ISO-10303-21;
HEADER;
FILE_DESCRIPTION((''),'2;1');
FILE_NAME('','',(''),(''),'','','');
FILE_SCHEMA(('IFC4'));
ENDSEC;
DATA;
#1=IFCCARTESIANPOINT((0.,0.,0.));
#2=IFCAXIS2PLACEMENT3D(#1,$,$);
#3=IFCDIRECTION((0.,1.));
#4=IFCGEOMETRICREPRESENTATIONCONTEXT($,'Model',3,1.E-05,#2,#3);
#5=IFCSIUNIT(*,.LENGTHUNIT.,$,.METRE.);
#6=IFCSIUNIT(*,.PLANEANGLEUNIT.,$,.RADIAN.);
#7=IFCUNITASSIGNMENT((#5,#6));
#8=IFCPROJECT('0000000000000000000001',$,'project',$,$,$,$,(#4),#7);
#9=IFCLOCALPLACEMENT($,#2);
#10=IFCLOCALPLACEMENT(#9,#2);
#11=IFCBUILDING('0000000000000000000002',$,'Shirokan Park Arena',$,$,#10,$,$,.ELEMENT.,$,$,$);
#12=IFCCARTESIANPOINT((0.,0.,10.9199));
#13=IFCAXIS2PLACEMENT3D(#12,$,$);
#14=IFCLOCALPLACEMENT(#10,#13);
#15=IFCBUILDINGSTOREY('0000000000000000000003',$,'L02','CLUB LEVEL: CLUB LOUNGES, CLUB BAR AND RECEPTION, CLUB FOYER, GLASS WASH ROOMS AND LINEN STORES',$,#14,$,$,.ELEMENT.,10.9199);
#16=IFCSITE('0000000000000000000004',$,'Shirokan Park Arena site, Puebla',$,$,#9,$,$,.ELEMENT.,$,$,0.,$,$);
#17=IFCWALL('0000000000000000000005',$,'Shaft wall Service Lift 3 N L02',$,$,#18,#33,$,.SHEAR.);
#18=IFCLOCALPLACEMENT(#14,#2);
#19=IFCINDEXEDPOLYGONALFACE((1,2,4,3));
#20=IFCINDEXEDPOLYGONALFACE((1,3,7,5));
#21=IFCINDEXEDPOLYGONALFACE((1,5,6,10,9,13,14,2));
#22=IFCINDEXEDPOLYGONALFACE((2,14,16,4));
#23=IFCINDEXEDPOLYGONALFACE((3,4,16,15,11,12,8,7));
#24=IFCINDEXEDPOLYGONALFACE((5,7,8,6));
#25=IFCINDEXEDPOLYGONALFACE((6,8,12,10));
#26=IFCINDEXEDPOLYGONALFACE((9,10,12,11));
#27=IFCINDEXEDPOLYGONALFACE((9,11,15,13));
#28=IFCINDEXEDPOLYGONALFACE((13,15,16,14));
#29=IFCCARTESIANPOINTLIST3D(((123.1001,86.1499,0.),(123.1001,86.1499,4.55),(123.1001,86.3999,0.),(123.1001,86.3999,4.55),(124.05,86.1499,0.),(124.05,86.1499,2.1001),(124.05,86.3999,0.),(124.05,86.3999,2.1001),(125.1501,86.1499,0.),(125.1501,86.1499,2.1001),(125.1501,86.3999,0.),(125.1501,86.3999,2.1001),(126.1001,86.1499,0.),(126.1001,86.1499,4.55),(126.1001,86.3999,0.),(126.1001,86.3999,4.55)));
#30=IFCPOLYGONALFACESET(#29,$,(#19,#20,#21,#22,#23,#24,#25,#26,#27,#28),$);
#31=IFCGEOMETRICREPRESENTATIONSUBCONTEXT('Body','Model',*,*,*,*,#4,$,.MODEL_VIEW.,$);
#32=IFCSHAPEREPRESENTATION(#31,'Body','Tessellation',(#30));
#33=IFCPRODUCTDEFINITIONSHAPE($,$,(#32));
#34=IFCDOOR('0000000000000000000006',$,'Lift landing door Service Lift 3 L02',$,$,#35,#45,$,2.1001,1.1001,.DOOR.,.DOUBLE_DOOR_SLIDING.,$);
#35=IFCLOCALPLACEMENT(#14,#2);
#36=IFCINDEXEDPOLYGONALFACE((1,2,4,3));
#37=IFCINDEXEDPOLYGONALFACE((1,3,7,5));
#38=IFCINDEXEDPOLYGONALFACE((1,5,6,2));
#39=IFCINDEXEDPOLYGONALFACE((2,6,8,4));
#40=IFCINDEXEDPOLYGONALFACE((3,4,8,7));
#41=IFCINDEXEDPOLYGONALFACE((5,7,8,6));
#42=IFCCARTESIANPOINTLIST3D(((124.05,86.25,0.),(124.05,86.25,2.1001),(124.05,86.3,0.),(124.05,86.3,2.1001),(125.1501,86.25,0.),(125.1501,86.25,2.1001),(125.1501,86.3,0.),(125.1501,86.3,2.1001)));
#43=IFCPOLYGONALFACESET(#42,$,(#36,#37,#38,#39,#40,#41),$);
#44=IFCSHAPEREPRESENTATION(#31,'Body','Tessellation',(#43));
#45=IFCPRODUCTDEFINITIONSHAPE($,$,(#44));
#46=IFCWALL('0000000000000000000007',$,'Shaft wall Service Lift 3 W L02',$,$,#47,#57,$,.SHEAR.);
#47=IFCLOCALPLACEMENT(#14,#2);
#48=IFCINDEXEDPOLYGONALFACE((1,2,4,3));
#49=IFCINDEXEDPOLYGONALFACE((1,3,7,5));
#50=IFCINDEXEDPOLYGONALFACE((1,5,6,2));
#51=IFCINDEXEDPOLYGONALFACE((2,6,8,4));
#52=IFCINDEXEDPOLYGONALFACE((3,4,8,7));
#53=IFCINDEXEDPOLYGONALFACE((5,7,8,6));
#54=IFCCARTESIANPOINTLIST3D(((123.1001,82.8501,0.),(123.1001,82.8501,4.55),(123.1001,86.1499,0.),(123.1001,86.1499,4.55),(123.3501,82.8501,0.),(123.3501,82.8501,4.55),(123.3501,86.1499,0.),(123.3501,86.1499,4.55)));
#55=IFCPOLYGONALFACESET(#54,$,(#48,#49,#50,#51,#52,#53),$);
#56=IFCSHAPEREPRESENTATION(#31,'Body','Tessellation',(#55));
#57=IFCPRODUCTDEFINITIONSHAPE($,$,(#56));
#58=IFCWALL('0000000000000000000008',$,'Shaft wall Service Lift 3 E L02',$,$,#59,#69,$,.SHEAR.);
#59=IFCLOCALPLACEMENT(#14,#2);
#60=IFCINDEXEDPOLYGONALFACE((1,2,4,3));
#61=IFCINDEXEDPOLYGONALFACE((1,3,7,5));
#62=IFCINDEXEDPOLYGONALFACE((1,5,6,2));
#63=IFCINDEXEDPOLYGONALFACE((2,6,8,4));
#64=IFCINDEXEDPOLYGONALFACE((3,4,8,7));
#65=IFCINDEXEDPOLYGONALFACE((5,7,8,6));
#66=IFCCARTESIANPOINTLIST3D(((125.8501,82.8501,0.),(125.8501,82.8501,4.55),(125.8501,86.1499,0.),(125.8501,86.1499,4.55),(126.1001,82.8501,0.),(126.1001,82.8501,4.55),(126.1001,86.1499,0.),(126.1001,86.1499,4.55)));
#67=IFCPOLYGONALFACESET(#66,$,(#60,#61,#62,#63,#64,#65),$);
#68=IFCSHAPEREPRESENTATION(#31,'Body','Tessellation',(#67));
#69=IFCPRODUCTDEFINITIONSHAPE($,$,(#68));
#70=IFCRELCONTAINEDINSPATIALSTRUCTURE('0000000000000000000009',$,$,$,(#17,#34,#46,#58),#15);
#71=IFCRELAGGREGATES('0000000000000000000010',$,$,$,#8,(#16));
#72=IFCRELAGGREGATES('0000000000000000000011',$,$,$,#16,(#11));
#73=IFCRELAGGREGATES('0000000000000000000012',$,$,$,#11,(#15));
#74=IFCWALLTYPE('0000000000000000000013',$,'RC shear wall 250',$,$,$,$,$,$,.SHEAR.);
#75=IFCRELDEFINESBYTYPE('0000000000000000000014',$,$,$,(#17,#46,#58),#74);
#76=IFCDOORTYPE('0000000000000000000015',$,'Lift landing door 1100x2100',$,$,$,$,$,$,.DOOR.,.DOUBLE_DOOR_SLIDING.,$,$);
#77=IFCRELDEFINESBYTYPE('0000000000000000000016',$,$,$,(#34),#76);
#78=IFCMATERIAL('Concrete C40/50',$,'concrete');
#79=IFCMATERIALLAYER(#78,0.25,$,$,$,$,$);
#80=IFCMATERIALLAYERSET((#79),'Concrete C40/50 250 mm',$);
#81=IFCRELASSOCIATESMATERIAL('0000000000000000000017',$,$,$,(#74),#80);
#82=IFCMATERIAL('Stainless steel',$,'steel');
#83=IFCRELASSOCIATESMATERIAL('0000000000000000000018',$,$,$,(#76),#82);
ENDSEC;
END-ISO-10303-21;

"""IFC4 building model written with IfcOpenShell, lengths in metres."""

from ifc_helpers import new_model, si_unit, direction, frame, frame_2d, origin, place, context, subcontext, project, spatial, rectangle, extrude, material, layer, layer_set, type_object, element, fill, save


model = new_model("IFC4")

# Units and contexts
model_context = context("Model", 3, precision=1e-05, world=origin(), true_north=direction((0.0, 1.0)))
body_context = subcontext(model_context, "Body", "Model", "MODEL_VIEW")
ifc_project = project(units=[si_unit("LENGTHUNIT", "METRE"), si_unit("PLANEANGLEUNIT", "RADIAN")], contexts=[model_context])

# Site, building, storey
site_placement = place(None, origin())
site = spatial("IfcSite", under=ifc_project, at=site_placement, Name="Shirokan Park Arena site, Puebla", CompositionType="ELEMENT", RefElevation=0.0)
building_placement = place(site_placement, origin())
building = spatial("IfcBuilding", under=site, at=building_placement, Name="Shirokan Park Arena", CompositionType="ELEMENT")
storey_placement = place(building_placement, frame((0.0, 0.0, 10.9199)))
storey = spatial("IfcBuildingStorey", under=building, at=storey_placement, Name="L02", Description="CLUB LEVEL: CLUB LOUNGES, CLUB BAR AND RECEPTION, CLUB FOYER, GLASS WASH ROOMS AND LINEN STORES", CompositionType="ELEMENT", Elevation=10.9199)

# Shared definitions
ifc_material_1 = material(Name="Concrete C40/50", Category="concrete")
ifc_layer_1 = layer(ifc_material_1, 0.25)
ifc_layer_set_1 = layer_set([ifc_layer_1], Name="Concrete C40/50 250 mm")
wall_type_1 = type_object("IfcWallType", Name="RC shear wall 250", PredefinedType="SHEAR", material=ifc_layer_set_1)

# Wall, opening, door
wall_1_placement = place(storey_placement, frame((126.1001, 86.2749, 0.0), z_axis=(0.0, 0.0, 1.0), x_axis=(-1.0, 0.0, 0.0)))
wall_1 = element("IfcWall", 1, at=wall_1_placement, inside=storey, type_object=wall_type_1, Name="Shaft wall Service Lift 3 N L02", PredefinedType="SHEAR", context=body_context, shape_type="SweptSolid", body=[
    extrude(rectangle(XDim=3.0, YDim=0.25, at=frame_2d((1.5, 0.0))), origin(), (0.0, 0.0, 1.0), 4.55),
])
opening_1_placement = place(wall_1_placement, frame((0.95, 0.0, 0.0)))
opening_1 = element("IfcOpeningElement", 2, at=opening_1_placement, cuts=wall_1, PredefinedType="OPENING", context=body_context, shape_type="SweptSolid", body=[
    extrude(rectangle(XDim=1.1001, YDim=2.1001, at=frame_2d((0.55, 1.05))), frame((0.0, 0.135, 0.0), z_axis=(0.0, -1.0, 0.0), x_axis=(1.0, 0.0, 0.0)), (0.0, 0.0, 1.0), 0.27),
])
ifc_material_2 = material(Name="Stainless steel", Category="steel")
door_type_1 = type_object("IfcDoorType", Name="Lift landing door 1100x2100", OperationType="DOUBLE_DOOR_SLIDING", PredefinedType="DOOR", material=ifc_material_2)
door_1_placement = place(opening_1_placement, origin())
door_1 = element("IfcDoor", 3, at=door_1_placement, inside=storey, type_object=door_type_1, Name="Lift landing door Service Lift 3 L02", OperationType="DOUBLE_DOOR_SLIDING", OverallHeight=2.1001, OverallWidth=1.1001, PredefinedType="DOOR", context=body_context, shape_type="SweptSolid", body=[
    extrude(rectangle(XDim=1.1001, YDim=2.1001, at=frame_2d((0.55, 1.05))), frame((0.0, 0.0249, 0.0), z_axis=(0.0, -1.0, 0.0), x_axis=(1.0, 0.0, 0.0)), (0.0, 0.0, 1.0), 0.05),
])
fill(opening_1, door_1)

# Walls
for number, where, z_axis, x_axis, name in (
    (4, (123.2251, 86.1499, 0.0), (0.0, 0.0, 1.0), (0.0, -1.0, 0.0), "Shaft wall Service Lift 3 W L02"),
    (5, (125.9751, 86.1499, 0.0), (0.0, 0.0, 1.0), (0.0, -1.0, 0.0), "Shaft wall Service Lift 3 E L02"),
):
    element("IfcWall", number, at=place(storey_placement, frame(where, z_axis=z_axis, x_axis=x_axis)), inside=storey, type_object=wall_type_1, Name=name, PredefinedType="SHEAR", context=body_context, shape_type="SweptSolid", body=[
        extrude(rectangle(XDim=3.2998, YDim=0.25, at=frame_2d((1.6499, 0.0))), origin(), (0.0, 0.0, 1.0), 4.55),
    ])

save(model, "model.ifc")
